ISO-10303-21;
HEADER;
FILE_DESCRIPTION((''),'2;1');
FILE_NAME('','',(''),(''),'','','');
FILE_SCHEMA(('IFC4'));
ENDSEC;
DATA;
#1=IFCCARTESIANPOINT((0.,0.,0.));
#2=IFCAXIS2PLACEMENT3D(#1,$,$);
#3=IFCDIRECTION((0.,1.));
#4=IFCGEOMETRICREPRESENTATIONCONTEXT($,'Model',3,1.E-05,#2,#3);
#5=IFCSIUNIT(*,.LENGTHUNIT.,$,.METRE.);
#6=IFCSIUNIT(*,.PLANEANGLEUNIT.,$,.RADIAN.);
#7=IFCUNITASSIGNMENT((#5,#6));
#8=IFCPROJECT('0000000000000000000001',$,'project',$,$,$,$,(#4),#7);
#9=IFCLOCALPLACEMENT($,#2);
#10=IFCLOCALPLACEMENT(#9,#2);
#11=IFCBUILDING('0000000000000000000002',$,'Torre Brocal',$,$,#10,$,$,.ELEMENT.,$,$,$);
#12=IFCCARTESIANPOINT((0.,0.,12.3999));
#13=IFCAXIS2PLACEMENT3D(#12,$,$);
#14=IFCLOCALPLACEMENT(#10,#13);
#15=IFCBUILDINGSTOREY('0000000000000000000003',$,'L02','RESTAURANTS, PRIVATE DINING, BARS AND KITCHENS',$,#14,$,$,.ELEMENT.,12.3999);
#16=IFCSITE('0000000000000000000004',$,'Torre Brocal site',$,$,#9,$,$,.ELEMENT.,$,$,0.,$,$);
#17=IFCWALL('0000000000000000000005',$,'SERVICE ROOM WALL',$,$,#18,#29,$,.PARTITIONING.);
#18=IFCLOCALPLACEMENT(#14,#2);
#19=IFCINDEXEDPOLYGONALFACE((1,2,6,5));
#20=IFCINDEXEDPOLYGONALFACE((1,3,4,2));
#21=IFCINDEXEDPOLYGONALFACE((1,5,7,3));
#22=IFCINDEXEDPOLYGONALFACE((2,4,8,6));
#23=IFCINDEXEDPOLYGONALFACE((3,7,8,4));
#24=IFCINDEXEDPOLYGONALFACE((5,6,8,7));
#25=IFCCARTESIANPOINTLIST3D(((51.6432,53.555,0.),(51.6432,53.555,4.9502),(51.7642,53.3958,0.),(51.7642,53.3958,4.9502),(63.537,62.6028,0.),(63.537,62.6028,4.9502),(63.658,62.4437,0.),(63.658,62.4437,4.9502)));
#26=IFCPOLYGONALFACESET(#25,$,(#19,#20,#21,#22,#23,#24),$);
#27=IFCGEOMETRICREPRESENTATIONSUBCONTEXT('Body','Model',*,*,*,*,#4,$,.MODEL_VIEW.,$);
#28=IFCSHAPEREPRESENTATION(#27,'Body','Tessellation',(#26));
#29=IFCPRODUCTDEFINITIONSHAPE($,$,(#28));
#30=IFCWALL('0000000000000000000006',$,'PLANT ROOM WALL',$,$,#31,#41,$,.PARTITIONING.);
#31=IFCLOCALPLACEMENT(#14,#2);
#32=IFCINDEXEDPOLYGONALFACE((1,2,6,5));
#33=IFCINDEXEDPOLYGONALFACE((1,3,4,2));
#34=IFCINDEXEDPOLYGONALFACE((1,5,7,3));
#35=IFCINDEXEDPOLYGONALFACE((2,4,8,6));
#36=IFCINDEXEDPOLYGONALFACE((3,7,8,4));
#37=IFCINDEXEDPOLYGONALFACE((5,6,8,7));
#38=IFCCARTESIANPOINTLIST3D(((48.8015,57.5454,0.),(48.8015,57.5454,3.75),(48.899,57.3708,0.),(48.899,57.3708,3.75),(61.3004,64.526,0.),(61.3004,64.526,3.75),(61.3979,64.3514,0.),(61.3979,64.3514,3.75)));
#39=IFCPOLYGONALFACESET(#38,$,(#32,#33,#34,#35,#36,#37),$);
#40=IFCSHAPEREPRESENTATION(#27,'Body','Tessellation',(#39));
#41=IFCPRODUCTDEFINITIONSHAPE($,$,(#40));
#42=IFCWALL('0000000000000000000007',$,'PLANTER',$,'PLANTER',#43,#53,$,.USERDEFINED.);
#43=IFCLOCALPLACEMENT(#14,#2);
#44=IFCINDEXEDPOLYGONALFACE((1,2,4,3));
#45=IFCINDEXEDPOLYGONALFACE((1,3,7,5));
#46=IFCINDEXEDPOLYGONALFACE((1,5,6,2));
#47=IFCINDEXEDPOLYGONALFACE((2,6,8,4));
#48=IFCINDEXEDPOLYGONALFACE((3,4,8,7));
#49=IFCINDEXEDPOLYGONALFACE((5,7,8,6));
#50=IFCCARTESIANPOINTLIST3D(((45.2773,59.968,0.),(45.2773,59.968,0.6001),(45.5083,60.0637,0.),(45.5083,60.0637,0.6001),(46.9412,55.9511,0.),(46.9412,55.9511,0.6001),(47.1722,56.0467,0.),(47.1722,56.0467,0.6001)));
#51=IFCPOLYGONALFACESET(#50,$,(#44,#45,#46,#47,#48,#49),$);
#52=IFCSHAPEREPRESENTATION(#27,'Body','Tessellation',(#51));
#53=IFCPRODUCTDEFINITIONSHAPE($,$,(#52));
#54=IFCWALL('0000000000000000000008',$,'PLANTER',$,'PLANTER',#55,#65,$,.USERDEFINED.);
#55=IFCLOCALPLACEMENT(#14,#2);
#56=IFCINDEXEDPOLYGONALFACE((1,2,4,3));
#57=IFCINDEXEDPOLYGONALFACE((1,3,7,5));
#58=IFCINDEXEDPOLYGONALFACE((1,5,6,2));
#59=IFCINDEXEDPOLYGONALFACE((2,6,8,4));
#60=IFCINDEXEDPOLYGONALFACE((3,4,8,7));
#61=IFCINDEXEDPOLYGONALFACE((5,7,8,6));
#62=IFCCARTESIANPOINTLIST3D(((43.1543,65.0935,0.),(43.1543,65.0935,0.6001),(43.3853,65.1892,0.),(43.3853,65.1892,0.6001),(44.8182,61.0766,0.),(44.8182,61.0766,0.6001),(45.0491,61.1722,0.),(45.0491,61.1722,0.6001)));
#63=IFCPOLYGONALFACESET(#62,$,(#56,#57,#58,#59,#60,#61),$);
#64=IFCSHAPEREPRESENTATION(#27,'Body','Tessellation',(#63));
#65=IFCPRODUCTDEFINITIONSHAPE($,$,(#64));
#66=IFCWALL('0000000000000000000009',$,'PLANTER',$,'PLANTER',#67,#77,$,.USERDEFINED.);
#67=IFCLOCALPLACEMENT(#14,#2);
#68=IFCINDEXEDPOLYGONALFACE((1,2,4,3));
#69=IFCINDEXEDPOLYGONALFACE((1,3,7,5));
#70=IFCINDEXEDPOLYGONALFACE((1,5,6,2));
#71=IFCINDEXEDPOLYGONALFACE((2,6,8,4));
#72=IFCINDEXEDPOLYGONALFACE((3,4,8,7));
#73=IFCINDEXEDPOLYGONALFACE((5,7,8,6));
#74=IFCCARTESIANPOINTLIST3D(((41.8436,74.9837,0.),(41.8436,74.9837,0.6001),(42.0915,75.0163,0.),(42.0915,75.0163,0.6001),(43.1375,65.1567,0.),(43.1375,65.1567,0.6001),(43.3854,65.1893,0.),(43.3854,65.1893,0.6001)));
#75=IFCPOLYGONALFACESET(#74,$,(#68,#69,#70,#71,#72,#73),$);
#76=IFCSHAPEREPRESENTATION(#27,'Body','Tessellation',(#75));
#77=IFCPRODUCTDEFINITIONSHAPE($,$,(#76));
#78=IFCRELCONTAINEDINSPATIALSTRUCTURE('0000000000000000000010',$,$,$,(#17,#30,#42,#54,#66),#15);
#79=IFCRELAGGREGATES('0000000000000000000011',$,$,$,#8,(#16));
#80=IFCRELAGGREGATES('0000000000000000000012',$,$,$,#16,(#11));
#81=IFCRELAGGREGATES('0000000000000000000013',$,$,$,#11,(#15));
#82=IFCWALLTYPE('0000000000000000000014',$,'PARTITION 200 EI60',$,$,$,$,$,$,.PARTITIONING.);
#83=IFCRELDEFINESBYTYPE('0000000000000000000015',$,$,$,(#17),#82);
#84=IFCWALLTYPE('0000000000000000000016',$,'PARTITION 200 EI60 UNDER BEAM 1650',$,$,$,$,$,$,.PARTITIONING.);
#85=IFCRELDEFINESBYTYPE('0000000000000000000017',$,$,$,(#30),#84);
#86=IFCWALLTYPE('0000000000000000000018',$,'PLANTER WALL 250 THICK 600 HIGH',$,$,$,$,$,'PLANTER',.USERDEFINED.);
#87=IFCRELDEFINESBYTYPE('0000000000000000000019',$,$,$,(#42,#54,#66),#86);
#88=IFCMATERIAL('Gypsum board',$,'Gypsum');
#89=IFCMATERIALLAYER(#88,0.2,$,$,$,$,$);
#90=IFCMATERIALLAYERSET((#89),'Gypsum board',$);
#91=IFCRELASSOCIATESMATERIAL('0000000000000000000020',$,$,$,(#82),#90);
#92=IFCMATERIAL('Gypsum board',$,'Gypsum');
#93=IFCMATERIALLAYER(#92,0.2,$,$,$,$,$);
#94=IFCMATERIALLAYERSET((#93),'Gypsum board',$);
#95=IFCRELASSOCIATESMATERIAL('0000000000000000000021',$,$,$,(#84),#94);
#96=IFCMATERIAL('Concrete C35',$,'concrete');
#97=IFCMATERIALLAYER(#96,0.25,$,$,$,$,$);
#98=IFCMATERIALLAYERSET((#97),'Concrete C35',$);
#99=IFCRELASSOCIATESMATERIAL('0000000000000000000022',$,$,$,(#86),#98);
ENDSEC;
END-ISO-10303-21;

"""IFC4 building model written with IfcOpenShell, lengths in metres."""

from ifc_helpers import new_model, si_unit, direction, frame, frame_2d, origin, place, context, subcontext, project, spatial, rectangle, extrude, material, layer, layer_set, type_object, element, save


model = new_model("IFC4")

# Units and contexts
model_context = context("Model", 3, precision=1e-05, world=origin(), true_north=direction((0.0, 1.0)))
body_context = subcontext(model_context, "Body", "Model", "MODEL_VIEW")
ifc_project = project(units=[si_unit("LENGTHUNIT", "METRE"), si_unit("PLANEANGLEUNIT", "RADIAN")], contexts=[model_context])

# Site, building, storey
site_placement = place(None, origin())
site = spatial("IfcSite", under=ifc_project, at=site_placement, Name="Torre Brocal site", CompositionType="ELEMENT", RefElevation=0.0)
building_placement = place(site_placement, origin())
building = spatial("IfcBuilding", under=site, at=building_placement, Name="Torre Brocal", CompositionType="ELEMENT")
storey_placement = place(building_placement, frame((0.0, 0.0, 12.3999)))
storey = spatial("IfcBuildingStorey", under=building, at=storey_placement, Name="L02", Description="RESTAURANTS, PRIVATE DINING, BARS AND KITCHENS", CompositionType="ELEMENT", Elevation=12.3999)

# Walls
ifc_material_1 = material(Name="Gypsum board", Category="Gypsum")
ifc_layer_1 = layer(ifc_material_1, 0.2)
ifc_layer_set_1 = layer_set([ifc_layer_1], Name="Gypsum board")
wall_type_1 = type_object("IfcWallType", Name="PARTITION 200 EI60", PredefinedType="PARTITIONING", material=ifc_layer_set_1)
wall_1_placement = place(storey_placement, frame((51.7036, 53.4753, 0.0), z_axis=(0.0, 0.0, 1.0), x_axis=(0.795886, 0.605446, 0.0)))
element("IfcWall", 1, at=wall_1_placement, inside=storey, type_object=wall_type_1, Name="SERVICE ROOM WALL", PredefinedType="PARTITIONING", context=body_context, shape_type="SweptSolid", body=[
    extrude(rectangle(XDim=14.9441, YDim=0.2, at=frame_2d((7.4722, 0.0))), origin(), (0.0, 0.0, 1.0), 4.9502),
])
ifc_material_2 = material(Name="Gypsum board", Category="Gypsum")
ifc_layer_2 = layer(ifc_material_2, 0.2)
ifc_layer_set_2 = layer_set([ifc_layer_2], Name="Gypsum board")
wall_type_2 = type_object("IfcWallType", Name="PARTITION 200 EI60 UNDER BEAM 1650", PredefinedType="PARTITIONING", material=ifc_layer_set_2)
wall_2_placement = place(storey_placement, frame((48.8501, 57.458, 0.0), z_axis=(0.0, 0.0, 1.0), x_axis=(0.873063, 0.487607, 0.0)))
element("IfcWall", 2, at=wall_2_placement, inside=storey, type_object=wall_type_2, Name="PLANT ROOM WALL", PredefinedType="PARTITIONING", context=body_context, shape_type="SweptSolid", body=[
    extrude(rectangle(XDim=14.3162, YDim=0.2, at=frame_2d((7.1582, 0.0))), origin(), (0.0, 0.0, 1.0), 3.75),
])
ifc_material_3 = material(Name="Concrete C35", Category="concrete")
ifc_layer_3 = layer(ifc_material_3, 0.25)
ifc_layer_set_3 = layer_set([ifc_layer_3], Name="Concrete C35")
wall_type_3 = type_object("IfcWallType", Name="PLANTER WALL 250 THICK 600 HIGH", ElementType="PLANTER", PredefinedType="USERDEFINED", material=ifc_layer_set_3)
for number, where, z_axis, x_axis, name in (
    (3, (47.0566, 55.999, 0.0), (0.0, 0.0, 1.0), (-0.382681, 0.923881, 0.0), "PLANTER"),
    (4, (44.9336, 61.1245, 0.0), (0.0, 0.0, 1.0), (-0.382681, 0.923881, 0.0), "PLANTER"),
):
    element("IfcWall", number, at=place(storey_placement, frame(where, z_axis=z_axis, x_axis=x_axis)), inside=storey, type_object=wall_type_3, Name=name, ObjectType="PLANTER", PredefinedType="USERDEFINED", context=body_context, shape_type="SweptSolid", body=[
        extrude(rectangle(XDim=4.3479, YDim=0.25, at=frame_2d((2.1738, 0.0))), origin(), (0.0, 0.0, 1.0), 0.6001),
    ])
wall_3_placement = place(storey_placement, frame((43.2615, 65.1729, 0.0), z_axis=(0.0, 0.0, 1.0), x_axis=(-0.130544, 0.991443, 0.0)))
element("IfcWall", 5, at=wall_3_placement, inside=storey, type_object=wall_type_3, Name="PLANTER", ObjectType="PLANTER", PredefinedType="USERDEFINED", context=body_context, shape_type="SweptSolid", body=[
    extrude(rectangle(XDim=9.9119, YDim=0.25, at=frame_2d((4.9561, 0.0))), origin(), (0.0, 0.0, 1.0), 0.6001),
])

save(model, "model.ifc")
